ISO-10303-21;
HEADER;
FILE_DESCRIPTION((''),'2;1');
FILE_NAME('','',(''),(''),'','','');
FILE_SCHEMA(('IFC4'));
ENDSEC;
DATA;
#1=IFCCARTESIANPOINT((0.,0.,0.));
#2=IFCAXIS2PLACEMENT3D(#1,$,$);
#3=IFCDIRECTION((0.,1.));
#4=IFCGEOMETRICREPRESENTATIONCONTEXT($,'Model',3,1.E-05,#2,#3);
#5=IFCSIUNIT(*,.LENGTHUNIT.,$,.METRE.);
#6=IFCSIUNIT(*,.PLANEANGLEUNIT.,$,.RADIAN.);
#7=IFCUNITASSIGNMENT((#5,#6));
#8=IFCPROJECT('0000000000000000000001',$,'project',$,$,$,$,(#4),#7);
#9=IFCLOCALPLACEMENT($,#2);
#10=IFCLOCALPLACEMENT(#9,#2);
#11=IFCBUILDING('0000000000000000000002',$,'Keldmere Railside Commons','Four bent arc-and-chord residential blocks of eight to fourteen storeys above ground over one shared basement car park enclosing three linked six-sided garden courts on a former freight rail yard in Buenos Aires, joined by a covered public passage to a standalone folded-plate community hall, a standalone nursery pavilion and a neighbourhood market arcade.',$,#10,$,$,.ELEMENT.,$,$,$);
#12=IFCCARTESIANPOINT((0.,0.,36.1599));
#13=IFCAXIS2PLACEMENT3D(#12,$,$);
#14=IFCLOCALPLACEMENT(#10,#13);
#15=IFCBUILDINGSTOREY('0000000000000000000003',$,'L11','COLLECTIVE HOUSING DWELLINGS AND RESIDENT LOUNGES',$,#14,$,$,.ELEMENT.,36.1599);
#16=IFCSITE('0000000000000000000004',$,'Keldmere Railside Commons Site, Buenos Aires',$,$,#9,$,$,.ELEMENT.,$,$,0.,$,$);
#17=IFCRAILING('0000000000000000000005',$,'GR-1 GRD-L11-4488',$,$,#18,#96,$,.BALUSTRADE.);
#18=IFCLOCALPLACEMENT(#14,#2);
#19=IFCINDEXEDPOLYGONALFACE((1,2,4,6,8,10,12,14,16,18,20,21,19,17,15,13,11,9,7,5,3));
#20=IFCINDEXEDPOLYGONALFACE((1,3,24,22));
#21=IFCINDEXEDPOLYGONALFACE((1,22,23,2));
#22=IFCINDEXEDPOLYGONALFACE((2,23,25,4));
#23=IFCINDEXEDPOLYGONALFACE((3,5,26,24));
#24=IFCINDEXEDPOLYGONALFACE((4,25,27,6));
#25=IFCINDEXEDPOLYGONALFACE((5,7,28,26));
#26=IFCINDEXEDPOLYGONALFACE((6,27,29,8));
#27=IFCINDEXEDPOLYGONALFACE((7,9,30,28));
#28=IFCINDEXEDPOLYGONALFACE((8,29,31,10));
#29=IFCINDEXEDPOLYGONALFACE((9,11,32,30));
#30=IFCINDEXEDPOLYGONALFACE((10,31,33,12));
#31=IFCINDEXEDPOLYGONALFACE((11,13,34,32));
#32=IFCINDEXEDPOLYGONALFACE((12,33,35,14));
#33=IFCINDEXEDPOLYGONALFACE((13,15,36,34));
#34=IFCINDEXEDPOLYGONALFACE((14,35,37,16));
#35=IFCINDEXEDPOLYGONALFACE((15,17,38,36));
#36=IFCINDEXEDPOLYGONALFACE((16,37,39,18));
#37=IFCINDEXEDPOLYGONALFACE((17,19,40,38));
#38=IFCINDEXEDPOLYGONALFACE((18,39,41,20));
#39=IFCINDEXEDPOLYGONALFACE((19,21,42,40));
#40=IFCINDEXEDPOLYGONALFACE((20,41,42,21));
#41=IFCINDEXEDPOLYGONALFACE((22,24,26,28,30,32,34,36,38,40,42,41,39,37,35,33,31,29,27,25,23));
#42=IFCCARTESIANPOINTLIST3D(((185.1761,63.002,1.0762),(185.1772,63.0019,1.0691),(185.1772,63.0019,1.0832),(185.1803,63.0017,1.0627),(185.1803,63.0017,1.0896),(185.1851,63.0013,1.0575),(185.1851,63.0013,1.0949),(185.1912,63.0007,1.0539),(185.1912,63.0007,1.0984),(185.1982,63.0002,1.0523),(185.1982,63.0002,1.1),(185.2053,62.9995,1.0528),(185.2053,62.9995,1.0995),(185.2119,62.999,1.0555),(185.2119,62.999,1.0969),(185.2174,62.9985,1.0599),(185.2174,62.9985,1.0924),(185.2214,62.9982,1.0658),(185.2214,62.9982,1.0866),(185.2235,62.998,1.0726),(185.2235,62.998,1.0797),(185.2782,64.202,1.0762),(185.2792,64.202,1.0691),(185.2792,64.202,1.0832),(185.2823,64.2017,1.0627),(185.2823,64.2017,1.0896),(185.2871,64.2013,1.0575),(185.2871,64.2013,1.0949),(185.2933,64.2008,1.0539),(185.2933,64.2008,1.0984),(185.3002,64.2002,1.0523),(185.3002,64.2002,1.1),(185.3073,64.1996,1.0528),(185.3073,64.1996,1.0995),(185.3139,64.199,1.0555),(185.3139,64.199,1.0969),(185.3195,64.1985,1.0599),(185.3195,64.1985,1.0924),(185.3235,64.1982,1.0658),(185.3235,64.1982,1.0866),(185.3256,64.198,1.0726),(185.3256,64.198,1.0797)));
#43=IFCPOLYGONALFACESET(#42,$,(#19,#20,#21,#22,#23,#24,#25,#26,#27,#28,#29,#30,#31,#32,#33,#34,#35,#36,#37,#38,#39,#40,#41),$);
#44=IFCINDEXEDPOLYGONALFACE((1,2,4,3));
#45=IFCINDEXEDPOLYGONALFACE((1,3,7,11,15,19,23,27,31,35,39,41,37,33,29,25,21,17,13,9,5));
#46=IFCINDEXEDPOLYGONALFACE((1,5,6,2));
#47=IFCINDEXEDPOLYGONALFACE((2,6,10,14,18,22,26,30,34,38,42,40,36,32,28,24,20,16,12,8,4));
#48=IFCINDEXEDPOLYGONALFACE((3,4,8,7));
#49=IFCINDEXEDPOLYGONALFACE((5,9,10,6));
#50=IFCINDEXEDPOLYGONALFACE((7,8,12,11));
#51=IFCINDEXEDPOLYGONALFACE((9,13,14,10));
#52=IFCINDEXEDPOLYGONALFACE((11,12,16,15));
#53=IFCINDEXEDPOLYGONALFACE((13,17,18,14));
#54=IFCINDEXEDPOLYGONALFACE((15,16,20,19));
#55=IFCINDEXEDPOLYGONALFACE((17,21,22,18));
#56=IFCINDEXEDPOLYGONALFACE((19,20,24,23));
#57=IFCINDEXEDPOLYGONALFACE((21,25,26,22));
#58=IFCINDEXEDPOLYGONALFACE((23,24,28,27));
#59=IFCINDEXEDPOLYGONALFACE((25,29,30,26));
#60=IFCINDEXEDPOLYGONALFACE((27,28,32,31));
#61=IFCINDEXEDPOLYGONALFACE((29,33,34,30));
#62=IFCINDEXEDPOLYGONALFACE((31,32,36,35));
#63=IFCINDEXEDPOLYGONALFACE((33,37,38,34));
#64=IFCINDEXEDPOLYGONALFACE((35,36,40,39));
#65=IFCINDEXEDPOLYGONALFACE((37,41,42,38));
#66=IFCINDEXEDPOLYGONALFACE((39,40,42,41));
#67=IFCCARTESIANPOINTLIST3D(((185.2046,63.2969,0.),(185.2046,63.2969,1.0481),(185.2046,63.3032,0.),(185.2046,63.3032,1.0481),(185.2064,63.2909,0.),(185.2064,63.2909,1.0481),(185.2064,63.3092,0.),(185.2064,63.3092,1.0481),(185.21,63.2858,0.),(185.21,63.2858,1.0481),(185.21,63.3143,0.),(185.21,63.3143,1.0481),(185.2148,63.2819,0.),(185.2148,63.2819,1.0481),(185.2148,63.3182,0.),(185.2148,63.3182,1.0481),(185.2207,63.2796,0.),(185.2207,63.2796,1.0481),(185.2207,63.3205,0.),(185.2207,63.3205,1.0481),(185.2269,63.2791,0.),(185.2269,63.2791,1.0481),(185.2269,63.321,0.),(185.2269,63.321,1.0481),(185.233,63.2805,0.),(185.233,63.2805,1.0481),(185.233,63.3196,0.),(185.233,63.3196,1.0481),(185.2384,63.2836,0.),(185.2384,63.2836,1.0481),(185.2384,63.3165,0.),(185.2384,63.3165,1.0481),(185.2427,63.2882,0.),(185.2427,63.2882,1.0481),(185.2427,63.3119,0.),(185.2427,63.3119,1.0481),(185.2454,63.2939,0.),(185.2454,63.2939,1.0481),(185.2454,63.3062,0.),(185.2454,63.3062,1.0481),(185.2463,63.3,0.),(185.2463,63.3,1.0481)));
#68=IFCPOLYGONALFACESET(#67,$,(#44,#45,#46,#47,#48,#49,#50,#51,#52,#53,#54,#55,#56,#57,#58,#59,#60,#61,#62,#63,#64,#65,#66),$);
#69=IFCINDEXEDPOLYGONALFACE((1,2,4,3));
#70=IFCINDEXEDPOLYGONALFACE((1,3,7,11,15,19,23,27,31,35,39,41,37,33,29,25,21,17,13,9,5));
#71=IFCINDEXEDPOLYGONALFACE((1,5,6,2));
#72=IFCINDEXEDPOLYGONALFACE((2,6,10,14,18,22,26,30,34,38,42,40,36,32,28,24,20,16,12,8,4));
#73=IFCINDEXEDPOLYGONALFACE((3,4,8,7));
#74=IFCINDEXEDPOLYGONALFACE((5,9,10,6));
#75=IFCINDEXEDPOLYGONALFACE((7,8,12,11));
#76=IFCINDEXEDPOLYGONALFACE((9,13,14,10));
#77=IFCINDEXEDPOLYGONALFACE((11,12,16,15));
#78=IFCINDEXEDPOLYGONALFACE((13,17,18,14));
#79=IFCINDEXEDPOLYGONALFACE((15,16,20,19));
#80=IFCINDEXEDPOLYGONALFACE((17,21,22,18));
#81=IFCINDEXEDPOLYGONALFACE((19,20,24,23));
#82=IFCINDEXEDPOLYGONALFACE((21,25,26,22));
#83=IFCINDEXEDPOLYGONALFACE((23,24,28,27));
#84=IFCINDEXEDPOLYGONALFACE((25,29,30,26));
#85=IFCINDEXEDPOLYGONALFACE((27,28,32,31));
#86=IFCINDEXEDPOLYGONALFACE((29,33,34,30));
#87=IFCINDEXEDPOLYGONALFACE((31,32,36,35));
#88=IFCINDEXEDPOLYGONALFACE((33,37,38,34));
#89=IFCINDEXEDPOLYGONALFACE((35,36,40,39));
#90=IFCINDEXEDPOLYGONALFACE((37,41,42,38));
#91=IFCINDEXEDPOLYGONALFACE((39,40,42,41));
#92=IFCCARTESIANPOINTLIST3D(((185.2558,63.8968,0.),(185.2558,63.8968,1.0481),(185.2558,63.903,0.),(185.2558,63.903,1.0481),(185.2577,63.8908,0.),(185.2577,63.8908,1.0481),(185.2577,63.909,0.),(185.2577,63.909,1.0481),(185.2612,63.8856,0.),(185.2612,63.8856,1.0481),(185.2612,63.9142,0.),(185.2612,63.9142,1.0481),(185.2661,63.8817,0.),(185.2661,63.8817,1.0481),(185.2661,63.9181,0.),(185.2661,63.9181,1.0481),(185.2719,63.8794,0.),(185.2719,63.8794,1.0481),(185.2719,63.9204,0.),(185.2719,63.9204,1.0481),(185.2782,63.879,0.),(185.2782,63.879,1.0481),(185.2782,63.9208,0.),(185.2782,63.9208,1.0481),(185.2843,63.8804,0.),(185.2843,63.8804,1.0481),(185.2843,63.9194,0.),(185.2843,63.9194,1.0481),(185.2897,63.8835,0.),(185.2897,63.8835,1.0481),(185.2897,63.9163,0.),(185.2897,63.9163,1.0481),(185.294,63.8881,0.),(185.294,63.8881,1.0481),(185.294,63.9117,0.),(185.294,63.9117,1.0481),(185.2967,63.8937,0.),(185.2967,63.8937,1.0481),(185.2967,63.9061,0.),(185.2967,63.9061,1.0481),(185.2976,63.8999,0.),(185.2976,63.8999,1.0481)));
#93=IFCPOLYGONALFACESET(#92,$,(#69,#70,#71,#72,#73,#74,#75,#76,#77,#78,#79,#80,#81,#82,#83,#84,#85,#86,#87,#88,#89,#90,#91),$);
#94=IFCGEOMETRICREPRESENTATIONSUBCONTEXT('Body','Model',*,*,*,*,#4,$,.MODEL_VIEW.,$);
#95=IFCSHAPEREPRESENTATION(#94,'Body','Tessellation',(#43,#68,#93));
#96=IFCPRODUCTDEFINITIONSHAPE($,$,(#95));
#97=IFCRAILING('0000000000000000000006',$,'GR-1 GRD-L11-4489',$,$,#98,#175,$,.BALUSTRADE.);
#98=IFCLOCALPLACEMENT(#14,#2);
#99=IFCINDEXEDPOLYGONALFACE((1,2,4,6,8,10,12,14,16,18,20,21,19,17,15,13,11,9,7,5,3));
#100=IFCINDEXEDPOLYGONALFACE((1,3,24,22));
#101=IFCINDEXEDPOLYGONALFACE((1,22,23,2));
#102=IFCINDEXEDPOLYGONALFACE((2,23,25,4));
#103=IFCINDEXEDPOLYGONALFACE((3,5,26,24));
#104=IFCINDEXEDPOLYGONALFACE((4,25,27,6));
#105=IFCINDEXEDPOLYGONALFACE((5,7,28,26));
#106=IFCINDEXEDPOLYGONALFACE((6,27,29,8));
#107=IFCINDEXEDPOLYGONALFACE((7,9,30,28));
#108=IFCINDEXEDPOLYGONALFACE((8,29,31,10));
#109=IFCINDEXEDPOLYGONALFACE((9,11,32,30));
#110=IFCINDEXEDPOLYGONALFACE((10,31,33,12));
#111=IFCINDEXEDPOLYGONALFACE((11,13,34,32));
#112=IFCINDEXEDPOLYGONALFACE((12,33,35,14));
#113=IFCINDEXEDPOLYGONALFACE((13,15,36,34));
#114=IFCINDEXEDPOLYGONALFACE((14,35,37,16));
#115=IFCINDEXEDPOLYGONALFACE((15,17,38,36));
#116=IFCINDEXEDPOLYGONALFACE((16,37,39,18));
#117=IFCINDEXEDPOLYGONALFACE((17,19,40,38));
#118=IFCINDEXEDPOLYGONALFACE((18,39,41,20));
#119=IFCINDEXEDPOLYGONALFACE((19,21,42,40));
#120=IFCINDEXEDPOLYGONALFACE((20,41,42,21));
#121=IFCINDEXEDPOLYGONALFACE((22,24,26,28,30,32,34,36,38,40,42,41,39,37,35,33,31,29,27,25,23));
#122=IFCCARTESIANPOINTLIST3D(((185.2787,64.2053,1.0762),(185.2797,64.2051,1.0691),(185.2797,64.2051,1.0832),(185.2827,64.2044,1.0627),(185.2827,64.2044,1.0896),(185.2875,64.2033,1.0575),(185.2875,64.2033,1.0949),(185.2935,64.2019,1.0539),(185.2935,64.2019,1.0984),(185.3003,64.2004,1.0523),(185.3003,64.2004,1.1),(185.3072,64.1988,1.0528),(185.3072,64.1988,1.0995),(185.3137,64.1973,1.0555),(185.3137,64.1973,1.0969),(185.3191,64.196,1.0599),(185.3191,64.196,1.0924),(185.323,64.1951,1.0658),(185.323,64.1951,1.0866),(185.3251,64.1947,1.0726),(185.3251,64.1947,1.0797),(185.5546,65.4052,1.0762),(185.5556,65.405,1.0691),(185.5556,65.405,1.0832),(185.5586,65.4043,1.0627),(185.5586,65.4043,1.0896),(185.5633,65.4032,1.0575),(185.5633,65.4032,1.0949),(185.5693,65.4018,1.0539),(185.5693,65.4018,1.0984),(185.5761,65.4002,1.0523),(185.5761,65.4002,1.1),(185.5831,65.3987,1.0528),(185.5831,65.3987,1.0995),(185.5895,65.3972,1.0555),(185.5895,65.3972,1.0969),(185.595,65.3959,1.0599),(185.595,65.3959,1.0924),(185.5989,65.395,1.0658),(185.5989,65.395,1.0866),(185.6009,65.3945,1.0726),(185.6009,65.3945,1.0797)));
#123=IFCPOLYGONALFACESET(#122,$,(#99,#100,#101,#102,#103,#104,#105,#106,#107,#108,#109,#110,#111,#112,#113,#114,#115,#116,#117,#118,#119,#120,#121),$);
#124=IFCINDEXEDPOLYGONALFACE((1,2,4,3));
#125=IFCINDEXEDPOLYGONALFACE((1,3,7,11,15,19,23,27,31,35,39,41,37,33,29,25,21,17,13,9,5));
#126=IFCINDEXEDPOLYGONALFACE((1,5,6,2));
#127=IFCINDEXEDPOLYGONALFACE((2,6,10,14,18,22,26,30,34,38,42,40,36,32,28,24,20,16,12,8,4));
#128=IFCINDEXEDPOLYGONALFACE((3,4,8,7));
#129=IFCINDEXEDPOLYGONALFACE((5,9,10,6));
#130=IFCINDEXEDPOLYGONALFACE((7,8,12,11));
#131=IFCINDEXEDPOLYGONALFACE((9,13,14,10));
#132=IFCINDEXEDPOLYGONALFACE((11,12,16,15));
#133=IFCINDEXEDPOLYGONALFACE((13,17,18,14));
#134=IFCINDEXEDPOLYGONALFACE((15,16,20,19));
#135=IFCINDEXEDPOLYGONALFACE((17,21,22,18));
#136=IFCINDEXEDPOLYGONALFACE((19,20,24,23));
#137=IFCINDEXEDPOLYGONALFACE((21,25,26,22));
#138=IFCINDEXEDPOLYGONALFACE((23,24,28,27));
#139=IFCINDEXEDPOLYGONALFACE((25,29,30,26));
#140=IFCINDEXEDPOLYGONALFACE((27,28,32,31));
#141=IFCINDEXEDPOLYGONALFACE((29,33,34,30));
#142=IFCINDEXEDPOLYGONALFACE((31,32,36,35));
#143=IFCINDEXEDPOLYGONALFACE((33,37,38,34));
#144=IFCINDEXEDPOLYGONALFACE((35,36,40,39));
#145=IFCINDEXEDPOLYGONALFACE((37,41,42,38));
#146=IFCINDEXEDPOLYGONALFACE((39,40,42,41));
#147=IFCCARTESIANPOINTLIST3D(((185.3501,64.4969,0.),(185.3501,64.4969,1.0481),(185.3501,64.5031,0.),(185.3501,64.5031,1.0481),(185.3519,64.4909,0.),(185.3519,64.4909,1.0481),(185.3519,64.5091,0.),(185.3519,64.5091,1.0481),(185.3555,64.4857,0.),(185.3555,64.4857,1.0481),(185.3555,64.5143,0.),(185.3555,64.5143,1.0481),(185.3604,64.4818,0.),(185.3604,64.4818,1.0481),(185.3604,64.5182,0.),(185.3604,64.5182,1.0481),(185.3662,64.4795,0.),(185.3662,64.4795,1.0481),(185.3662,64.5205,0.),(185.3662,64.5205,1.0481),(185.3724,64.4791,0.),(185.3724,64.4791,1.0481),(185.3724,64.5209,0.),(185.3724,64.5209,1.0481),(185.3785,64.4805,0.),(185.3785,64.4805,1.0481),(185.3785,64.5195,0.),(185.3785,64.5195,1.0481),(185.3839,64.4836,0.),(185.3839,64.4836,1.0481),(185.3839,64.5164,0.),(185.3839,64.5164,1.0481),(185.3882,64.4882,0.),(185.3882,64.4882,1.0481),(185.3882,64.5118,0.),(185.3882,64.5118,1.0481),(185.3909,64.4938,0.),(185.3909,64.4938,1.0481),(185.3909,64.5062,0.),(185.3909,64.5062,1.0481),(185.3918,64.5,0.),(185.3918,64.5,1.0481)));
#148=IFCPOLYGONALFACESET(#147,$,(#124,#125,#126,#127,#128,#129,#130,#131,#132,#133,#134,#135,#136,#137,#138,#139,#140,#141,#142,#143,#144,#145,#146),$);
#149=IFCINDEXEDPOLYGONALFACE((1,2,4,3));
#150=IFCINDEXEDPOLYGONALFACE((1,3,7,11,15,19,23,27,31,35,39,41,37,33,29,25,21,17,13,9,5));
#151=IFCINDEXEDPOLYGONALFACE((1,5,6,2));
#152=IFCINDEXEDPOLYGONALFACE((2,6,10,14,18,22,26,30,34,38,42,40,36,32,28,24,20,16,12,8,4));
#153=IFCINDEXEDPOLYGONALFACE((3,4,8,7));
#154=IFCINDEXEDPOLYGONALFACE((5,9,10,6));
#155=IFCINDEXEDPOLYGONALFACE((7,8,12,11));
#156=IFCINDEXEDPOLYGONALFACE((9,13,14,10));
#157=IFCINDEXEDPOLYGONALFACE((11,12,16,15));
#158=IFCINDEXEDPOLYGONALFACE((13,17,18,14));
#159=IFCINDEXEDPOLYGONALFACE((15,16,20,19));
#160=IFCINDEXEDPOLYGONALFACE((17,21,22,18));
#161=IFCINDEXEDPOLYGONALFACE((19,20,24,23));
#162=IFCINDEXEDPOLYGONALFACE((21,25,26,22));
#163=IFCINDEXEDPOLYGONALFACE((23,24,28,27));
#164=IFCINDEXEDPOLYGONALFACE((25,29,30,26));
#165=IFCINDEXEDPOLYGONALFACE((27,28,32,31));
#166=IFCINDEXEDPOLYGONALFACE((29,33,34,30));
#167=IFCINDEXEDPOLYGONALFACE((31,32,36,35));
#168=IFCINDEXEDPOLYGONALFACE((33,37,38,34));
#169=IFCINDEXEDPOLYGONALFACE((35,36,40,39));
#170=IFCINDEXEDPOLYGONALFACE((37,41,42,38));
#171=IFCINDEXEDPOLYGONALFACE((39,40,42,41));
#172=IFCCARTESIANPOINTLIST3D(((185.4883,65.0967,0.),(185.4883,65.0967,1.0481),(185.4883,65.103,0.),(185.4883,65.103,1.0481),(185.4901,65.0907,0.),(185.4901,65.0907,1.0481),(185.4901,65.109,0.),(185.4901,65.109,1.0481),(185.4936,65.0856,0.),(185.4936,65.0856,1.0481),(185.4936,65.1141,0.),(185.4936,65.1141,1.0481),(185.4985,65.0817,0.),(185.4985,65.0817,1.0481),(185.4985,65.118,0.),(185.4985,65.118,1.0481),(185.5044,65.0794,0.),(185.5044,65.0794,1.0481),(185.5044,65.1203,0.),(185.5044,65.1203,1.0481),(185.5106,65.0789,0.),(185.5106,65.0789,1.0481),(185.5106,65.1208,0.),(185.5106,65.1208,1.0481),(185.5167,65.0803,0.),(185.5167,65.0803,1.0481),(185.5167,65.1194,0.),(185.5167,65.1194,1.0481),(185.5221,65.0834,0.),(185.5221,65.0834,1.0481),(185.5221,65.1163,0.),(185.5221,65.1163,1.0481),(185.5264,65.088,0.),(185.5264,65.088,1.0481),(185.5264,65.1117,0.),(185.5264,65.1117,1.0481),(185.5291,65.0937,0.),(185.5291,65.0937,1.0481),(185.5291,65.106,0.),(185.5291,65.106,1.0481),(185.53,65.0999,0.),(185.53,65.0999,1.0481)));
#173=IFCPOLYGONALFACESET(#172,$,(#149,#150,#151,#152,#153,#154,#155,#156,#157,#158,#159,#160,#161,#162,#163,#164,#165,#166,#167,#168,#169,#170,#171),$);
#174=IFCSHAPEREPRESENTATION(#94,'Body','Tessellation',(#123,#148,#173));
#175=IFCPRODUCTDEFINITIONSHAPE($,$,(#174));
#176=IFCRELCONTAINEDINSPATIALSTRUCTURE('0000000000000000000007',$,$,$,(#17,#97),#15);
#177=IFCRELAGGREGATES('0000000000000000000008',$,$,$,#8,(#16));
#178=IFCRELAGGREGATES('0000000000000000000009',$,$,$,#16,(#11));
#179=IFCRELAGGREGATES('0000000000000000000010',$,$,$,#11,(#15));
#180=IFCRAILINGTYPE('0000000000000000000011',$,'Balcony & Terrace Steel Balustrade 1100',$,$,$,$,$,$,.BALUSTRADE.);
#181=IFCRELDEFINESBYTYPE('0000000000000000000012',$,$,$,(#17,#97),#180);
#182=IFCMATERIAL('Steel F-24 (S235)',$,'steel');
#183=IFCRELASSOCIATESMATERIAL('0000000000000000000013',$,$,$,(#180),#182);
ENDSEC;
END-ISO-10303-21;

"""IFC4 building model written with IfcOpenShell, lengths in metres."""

from ifc_helpers import new_model, si_unit, direction, frame, origin, origin_2d, place, context, subcontext, project, spatial, circle, extrude, material, type_object, element, save


model = new_model("IFC4")

# Units and contexts
model_context = context("Model", 3, precision=1e-05, world=origin(), true_north=direction((0.0, 1.0)))
body_context = subcontext(model_context, "Body", "Model", "MODEL_VIEW")
ifc_project = project(units=[si_unit("LENGTHUNIT", "METRE"), si_unit("PLANEANGLEUNIT", "RADIAN")], contexts=[model_context])

# Site, building, storey
site_placement = place(None, origin())
site = spatial("IfcSite", under=ifc_project, at=site_placement, Name="Keldmere Railside Commons Site, Buenos Aires", CompositionType="ELEMENT", RefElevation=0.0)
building_placement = place(site_placement, origin())
building = spatial("IfcBuilding", under=site, at=building_placement, Name="Keldmere Railside Commons", Description="Four bent arc-and-chord residential blocks of eight to fourteen storeys above ground over one shared basement car park enclosing three linked six-sided garden courts on a former freight rail yard in Buenos Aires, joined by a covered public passage to a standalone folded-plate community hall, a standalone nursery pavilion and a neighbourhood market arcade.", CompositionType="ELEMENT")
storey_placement = place(building_placement, frame((0.0, 0.0, 36.1599)))
storey = spatial("IfcBuildingStorey", under=building, at=storey_placement, Name="L11", Description="COLLECTIVE HOUSING DWELLINGS AND RESIDENT LOUNGES", CompositionType="ELEMENT", Elevation=36.1599)

# Railings
ifc_material_1 = material(Name="Steel F-24 (S235)", Category="steel")
railing_type_1 = type_object("IfcRailingType", Name="Balcony & Terrace Steel Balustrade 1100", PredefinedType="BALUSTRADE", material=ifc_material_1)
railing_1_placement = place(storey_placement, frame((185.2, 63.0, 0.0)))
element("IfcRailing", 1, at=railing_1_placement, inside=storey, type_object=railing_type_1, Name="GR-1 GRD-L11-4488", PredefinedType="BALUSTRADE", context=body_context, shape_type="SweptSolid", body=[
    extrude(circle(Radius=0.0239, at=origin_2d()), frame((0.0, 0.0, 1.0762), z_axis=(0.08474, 0.996403, 0.0), x_axis=(-0.996403, 0.08474, 0.0)), (0.0, 0.0, 1.0), 1.2043),
    extrude(circle(Radius=0.021, at=origin_2d()), frame((0.0254, 0.3, 0.0)), (0.0, 0.0, 1.0), 1.0481),
    extrude(circle(Radius=0.021, at=origin_2d()), frame((0.0767, 0.8999, 0.0)), (0.0, 0.0, 1.0), 1.0481),
])
railing_2_placement = place(storey_placement, frame((185.302, 64.2, 0.0)))
element("IfcRailing", 2, at=railing_2_placement, inside=storey, type_object=railing_type_1, Name="GR-1 GRD-L11-4489", PredefinedType="BALUSTRADE", context=body_context, shape_type="SweptSolid", body=[
    extrude(circle(Radius=0.0239, at=origin_2d()), frame((0.0, 0.0, 1.0762), z_axis=(0.224063, 0.974575, 0.0), x_axis=(-0.974575, 0.224063, 0.0)), (0.0, 0.0, 1.0), 1.2312),
    extrude(circle(Radius=0.021, at=origin_2d()), frame((0.0688, 0.3, 0.0)), (0.0, 0.0, 1.0), 1.0481),
    extrude(circle(Radius=0.021, at=origin_2d()), frame((0.207, 0.8999, 0.0)), (0.0, 0.0, 1.0), 1.0481),
])

save(model, "model.ifc")
